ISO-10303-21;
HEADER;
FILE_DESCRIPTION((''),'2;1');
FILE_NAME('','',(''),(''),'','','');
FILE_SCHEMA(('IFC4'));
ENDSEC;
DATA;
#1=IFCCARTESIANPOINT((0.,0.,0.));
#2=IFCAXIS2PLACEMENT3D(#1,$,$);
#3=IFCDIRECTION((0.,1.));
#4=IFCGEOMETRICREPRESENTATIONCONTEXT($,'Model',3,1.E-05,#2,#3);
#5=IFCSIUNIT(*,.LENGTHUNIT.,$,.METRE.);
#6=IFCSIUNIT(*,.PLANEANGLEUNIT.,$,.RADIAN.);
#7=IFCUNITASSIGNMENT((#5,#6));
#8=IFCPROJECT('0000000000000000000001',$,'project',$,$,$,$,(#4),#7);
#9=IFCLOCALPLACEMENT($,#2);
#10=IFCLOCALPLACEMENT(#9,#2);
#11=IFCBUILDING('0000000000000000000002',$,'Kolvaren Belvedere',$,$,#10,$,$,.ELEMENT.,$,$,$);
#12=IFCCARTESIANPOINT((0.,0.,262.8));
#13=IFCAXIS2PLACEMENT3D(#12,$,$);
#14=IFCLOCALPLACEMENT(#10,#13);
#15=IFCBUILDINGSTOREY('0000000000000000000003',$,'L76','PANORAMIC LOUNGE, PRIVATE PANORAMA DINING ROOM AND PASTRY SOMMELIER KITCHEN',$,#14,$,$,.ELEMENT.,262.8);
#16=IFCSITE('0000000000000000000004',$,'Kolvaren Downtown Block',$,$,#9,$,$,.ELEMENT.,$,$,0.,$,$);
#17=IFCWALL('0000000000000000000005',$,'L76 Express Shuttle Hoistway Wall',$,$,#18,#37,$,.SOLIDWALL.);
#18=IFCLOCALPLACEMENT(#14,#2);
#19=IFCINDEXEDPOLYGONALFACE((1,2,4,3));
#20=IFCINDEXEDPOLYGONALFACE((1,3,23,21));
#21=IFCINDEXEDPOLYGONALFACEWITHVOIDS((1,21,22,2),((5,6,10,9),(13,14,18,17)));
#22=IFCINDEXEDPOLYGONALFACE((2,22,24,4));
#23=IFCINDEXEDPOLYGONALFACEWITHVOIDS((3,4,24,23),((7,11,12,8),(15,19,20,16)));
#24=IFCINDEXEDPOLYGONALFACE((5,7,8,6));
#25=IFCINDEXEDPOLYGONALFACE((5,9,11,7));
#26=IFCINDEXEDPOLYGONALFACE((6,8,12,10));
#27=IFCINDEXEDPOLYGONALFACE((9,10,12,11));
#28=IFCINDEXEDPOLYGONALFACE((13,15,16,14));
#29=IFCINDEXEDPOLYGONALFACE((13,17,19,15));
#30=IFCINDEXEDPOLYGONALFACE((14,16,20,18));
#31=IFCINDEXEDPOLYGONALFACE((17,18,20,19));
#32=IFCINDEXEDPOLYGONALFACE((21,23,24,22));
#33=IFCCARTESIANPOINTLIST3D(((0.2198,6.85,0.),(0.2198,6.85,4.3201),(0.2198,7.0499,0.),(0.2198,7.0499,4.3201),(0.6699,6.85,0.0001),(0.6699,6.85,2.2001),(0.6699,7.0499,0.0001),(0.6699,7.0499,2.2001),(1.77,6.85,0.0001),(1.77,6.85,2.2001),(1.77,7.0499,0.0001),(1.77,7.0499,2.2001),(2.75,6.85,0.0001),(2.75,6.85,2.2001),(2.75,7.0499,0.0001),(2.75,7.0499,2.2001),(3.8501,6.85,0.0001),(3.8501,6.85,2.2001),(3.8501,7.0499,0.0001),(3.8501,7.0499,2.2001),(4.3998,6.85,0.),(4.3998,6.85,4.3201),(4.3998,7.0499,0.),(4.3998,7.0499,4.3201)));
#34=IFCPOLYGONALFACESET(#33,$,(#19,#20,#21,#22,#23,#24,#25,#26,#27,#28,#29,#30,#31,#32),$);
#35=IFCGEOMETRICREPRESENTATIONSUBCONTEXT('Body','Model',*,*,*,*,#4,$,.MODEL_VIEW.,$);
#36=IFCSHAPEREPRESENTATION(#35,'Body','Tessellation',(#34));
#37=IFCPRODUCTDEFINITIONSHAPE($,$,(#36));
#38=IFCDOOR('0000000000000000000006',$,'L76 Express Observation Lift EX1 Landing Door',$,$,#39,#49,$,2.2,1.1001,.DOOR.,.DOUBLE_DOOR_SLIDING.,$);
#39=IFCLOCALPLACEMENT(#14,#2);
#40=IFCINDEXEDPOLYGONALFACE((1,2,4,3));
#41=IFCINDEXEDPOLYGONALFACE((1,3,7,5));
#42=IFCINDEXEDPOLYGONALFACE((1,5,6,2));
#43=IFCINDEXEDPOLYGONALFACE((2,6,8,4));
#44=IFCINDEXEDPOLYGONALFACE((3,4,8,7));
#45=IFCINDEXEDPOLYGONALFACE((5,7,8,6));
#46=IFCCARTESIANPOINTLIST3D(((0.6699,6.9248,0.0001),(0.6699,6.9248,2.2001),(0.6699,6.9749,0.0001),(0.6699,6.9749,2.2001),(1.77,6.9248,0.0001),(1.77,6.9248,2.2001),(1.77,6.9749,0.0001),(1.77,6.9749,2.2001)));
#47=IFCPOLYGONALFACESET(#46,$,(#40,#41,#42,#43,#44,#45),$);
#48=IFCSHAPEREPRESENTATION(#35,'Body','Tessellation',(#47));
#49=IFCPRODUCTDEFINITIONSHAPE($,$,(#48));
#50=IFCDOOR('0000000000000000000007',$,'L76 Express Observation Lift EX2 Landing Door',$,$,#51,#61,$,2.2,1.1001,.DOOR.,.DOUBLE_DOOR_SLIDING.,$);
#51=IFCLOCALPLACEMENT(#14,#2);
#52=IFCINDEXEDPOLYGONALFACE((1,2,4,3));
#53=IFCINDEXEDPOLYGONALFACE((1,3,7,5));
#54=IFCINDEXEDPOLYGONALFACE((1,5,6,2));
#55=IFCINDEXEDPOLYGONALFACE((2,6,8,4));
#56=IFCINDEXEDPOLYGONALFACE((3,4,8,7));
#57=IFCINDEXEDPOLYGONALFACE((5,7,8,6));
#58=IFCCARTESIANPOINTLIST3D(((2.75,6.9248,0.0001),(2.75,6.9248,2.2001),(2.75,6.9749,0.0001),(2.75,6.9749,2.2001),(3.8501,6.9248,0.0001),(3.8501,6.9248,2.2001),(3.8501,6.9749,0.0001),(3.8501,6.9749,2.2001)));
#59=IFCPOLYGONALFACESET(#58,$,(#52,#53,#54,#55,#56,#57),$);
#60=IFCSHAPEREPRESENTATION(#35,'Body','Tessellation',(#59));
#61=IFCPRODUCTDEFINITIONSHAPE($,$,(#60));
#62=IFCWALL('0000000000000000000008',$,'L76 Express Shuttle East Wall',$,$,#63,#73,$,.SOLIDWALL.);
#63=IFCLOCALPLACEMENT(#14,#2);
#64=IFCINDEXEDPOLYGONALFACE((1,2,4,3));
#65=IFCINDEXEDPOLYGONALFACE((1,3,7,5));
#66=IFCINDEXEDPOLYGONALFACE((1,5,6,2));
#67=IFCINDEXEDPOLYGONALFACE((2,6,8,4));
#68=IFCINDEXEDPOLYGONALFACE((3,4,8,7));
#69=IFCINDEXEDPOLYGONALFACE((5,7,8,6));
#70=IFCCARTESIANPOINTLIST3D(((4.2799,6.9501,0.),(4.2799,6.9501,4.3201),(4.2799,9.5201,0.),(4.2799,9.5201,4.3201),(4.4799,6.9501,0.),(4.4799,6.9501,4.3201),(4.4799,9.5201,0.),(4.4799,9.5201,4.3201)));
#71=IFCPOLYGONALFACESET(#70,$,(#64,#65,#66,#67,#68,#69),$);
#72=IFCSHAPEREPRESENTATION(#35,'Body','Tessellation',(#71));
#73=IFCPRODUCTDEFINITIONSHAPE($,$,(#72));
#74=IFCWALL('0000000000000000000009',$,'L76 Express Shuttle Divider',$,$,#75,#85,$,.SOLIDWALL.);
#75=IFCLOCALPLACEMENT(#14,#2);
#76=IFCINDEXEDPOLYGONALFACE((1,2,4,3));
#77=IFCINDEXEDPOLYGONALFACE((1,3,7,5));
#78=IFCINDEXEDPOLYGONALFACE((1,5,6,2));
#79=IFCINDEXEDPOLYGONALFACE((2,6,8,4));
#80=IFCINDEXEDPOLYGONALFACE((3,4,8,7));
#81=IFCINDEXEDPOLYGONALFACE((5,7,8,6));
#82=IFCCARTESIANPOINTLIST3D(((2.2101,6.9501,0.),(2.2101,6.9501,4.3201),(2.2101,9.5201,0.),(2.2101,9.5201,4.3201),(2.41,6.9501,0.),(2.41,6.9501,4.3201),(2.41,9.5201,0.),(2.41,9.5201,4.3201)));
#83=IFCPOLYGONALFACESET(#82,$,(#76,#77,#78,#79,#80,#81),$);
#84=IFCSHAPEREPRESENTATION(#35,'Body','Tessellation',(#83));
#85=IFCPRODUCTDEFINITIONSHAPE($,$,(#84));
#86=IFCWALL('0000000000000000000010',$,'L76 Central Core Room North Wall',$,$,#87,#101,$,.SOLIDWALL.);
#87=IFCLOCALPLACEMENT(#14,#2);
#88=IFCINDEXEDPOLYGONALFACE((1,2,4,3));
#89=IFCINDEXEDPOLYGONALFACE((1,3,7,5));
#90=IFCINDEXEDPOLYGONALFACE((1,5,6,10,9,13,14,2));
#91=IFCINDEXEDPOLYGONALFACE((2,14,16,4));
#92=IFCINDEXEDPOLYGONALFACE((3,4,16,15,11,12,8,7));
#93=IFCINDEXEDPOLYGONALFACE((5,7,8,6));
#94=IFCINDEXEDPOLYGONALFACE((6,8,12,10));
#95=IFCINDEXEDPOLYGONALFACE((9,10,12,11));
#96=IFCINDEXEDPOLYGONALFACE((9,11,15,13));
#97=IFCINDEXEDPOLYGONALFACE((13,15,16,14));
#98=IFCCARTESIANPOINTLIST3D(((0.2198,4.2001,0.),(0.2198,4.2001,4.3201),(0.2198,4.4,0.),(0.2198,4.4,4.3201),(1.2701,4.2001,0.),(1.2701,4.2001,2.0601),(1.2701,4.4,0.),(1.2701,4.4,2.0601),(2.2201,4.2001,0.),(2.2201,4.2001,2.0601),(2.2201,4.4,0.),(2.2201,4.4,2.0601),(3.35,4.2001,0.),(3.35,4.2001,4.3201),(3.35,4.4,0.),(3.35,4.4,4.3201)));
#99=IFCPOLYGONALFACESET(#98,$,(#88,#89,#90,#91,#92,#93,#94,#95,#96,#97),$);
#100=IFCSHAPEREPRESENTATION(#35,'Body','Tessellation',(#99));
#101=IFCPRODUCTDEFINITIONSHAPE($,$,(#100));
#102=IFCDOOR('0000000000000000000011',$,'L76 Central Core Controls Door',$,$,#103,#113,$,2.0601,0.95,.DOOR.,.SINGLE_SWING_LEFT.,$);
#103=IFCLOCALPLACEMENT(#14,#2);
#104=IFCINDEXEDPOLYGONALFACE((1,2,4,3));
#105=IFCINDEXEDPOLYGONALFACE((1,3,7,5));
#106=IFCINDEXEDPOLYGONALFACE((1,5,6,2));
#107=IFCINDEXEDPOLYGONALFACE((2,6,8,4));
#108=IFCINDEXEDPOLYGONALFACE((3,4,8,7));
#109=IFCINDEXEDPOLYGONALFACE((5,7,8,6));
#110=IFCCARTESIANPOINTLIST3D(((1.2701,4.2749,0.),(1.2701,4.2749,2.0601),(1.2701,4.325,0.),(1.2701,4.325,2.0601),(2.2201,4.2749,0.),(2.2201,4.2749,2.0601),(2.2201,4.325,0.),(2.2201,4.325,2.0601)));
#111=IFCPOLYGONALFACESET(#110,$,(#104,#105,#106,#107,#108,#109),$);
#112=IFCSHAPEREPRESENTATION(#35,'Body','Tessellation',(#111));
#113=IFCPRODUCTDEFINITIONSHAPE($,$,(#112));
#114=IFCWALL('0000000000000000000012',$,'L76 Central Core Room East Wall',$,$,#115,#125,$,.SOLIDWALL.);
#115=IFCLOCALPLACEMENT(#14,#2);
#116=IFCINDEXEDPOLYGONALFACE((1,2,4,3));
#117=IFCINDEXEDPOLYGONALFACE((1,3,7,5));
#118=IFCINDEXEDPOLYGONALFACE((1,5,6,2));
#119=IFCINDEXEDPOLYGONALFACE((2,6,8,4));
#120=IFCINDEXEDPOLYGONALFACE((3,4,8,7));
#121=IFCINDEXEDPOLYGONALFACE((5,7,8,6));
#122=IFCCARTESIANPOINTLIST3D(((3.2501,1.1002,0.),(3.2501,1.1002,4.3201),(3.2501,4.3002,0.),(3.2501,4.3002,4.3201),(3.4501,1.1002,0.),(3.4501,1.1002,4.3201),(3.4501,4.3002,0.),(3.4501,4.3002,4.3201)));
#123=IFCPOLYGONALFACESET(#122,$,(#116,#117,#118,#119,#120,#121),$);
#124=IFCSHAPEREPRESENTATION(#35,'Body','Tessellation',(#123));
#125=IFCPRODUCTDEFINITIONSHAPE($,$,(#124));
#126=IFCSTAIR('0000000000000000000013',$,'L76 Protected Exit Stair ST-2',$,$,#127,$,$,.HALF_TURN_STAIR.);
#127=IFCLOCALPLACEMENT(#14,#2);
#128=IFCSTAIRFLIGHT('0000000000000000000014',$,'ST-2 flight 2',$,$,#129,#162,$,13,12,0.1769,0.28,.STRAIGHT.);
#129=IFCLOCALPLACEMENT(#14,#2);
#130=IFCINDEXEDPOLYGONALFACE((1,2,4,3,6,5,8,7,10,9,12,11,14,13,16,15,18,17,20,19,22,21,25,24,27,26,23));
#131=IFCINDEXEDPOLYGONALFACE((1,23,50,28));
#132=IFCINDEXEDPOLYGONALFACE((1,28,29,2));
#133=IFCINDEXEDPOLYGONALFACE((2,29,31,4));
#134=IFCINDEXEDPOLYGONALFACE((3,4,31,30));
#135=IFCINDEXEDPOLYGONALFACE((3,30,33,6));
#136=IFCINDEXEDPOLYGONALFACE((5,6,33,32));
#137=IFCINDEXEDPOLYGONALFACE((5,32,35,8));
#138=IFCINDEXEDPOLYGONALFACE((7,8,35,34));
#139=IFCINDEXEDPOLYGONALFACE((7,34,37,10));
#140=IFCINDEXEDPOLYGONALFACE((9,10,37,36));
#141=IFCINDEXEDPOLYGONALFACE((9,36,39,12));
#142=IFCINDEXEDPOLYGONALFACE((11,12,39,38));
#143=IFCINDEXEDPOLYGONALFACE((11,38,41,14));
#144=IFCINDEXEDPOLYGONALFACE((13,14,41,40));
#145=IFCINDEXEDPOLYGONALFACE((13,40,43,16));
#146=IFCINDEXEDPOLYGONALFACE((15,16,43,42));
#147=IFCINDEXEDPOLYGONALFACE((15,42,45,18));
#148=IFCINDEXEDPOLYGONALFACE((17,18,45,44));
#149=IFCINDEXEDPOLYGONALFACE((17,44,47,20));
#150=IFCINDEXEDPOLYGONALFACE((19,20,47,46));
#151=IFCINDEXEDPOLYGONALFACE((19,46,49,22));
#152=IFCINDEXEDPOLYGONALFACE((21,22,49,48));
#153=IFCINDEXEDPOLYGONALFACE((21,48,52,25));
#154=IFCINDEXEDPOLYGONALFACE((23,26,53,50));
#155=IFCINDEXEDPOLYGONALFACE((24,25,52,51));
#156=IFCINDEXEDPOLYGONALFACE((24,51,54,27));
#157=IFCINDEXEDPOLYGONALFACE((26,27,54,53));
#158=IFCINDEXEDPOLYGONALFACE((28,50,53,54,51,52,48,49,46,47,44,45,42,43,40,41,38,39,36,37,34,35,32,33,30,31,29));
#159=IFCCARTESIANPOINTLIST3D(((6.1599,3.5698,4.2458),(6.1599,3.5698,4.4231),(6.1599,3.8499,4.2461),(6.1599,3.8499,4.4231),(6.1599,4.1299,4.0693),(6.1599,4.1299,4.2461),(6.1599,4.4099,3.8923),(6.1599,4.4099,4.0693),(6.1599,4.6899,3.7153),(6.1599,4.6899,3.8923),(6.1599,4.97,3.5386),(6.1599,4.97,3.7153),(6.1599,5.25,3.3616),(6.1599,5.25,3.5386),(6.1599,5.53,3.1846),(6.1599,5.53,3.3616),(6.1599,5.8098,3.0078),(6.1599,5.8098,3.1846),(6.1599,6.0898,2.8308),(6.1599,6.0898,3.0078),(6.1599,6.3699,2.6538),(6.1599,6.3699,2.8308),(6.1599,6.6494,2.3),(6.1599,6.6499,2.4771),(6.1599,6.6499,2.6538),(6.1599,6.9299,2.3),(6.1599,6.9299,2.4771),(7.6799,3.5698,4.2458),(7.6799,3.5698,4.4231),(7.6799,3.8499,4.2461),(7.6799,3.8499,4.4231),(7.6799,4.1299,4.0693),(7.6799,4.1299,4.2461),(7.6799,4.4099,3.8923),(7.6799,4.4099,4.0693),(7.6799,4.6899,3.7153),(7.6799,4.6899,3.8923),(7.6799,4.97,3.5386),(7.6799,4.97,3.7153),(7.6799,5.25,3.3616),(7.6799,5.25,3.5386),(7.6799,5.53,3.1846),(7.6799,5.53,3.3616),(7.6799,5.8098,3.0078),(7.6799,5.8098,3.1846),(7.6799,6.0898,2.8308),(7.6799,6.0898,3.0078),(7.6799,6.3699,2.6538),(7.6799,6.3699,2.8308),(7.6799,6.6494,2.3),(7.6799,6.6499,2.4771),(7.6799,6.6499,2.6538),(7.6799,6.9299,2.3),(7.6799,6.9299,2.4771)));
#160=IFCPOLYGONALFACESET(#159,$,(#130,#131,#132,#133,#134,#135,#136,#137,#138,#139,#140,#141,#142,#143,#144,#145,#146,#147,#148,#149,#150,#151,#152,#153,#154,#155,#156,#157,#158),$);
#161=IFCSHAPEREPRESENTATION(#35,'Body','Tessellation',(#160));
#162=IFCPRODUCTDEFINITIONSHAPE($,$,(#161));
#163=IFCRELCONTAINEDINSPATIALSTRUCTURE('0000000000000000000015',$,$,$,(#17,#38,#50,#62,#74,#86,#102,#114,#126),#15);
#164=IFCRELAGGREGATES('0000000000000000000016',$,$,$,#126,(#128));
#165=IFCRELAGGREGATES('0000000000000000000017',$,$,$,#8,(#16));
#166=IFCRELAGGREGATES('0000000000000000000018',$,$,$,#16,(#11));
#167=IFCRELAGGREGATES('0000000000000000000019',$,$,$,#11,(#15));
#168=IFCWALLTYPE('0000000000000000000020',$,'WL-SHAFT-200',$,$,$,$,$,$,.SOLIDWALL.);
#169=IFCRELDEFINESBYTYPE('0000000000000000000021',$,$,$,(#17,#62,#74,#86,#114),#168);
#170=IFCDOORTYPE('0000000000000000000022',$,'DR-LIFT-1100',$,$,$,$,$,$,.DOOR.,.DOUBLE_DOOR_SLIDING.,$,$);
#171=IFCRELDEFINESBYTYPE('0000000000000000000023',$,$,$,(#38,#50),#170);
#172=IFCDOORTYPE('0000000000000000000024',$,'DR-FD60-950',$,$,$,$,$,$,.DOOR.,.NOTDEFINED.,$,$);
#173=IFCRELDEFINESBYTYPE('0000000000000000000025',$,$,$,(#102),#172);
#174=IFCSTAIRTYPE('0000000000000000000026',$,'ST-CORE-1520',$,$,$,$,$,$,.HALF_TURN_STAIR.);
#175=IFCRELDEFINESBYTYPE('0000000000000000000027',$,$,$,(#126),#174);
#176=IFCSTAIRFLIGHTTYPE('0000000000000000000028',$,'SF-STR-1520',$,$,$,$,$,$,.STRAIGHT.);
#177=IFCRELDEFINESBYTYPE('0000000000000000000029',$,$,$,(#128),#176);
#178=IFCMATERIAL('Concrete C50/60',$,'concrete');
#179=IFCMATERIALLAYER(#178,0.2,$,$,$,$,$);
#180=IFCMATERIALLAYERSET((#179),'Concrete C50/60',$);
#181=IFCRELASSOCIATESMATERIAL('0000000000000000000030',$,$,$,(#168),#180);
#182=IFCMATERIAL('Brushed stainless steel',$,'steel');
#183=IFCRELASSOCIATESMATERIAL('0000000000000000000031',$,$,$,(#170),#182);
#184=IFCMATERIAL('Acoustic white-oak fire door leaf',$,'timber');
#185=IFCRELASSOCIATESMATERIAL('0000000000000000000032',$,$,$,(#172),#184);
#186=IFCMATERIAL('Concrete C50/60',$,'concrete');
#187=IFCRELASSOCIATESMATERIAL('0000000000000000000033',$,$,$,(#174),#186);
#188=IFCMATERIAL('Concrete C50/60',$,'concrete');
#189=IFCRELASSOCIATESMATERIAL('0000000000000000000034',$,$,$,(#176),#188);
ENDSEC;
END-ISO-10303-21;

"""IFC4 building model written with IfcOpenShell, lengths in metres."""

from ifc_helpers import new_model, si_unit, direction, frame, frame_2d, origin, place, context, subcontext, project, spatial, polyline, rectangle, outline, extrude, material, layer, layer_set, type_object, element, fill, aggregate, save


model = new_model("IFC4")

# Units and contexts
model_context = context("Model", 3, precision=1e-05, world=origin(), true_north=direction((0.0, 1.0)))
body_context = subcontext(model_context, "Body", "Model", "MODEL_VIEW")
ifc_project = project(units=[si_unit("LENGTHUNIT", "METRE"), si_unit("PLANEANGLEUNIT", "RADIAN")], contexts=[model_context])

# Site, building, storey
site_placement = place(None, origin())
site = spatial("IfcSite", under=ifc_project, at=site_placement, Name="Kolvaren Downtown Block", CompositionType="ELEMENT", RefElevation=0.0)
building_placement = place(site_placement, origin())
building = spatial("IfcBuilding", under=site, at=building_placement, Name="Kolvaren Belvedere", CompositionType="ELEMENT")
storey_placement = place(building_placement, frame((0.0, 0.0, 262.8)))
storey = spatial("IfcBuildingStorey", under=building, at=storey_placement, Name="L76", Description="PANORAMIC LOUNGE, PRIVATE PANORAMA DINING ROOM AND PASTRY SOMMELIER KITCHEN", CompositionType="ELEMENT", Elevation=262.8)

# Shared definitions
ifc_material_1 = material(Name="Concrete C50/60", Category="concrete")
ifc_layer_1 = layer(ifc_material_1, 0.2)
ifc_layer_set_1 = layer_set([ifc_layer_1], Name="Concrete C50/60")
wall_type_1 = type_object("IfcWallType", Name="WL-SHAFT-200", PredefinedType="SOLIDWALL", material=ifc_layer_set_1)

# Wall, openings, doors
wall_1_placement = place(storey_placement, frame((0.22, 6.95, 0.0), z_axis=(0.0, 0.0, 1.0), x_axis=(1.0, 0.0, 0.0)))
wall_1 = element("IfcWall", 1, at=wall_1_placement, inside=storey, type_object=wall_type_1, Name="L76 Express Shuttle Hoistway Wall", PredefinedType="SOLIDWALL", context=body_context, shape_type="SweptSolid", body=[
    extrude(rectangle(XDim=4.1799, YDim=0.2, at=frame_2d((2.0898, 0.0))), origin(), (0.0, 0.0, 1.0), 4.3201),
])
opening_1_placement = place(wall_1_placement, frame((0.45, 0.0, 0.0)))
opening_1 = element("IfcOpeningElement", 2, at=opening_1_placement, cuts=wall_1, PredefinedType="OPENING", context=body_context, shape_type="SweptSolid", body=[
    extrude(rectangle(XDim=1.1001, YDim=2.2, at=frame_2d((0.55, 1.1001))), frame((0.0, 0.1099, 0.0), z_axis=(0.0, -1.0, 0.0), x_axis=(1.0, 0.0, 0.0)), (0.0, 0.0, 1.0), 0.22),
])
opening_2_placement = place(wall_1_placement, frame((2.53, 0.0, 0.0)))
opening_2 = element("IfcOpeningElement", 3, at=opening_2_placement, cuts=wall_1, PredefinedType="OPENING", context=body_context, shape_type="SweptSolid", body=[
    extrude(rectangle(XDim=1.1001, YDim=2.2, at=frame_2d((0.55, 1.1001))), frame((0.0, 0.1099, 0.0), z_axis=(0.0, -1.0, 0.0), x_axis=(1.0, 0.0, 0.0)), (0.0, 0.0, 1.0), 0.22),
])
ifc_material_2 = material(Name="Brushed stainless steel", Category="steel")
door_type_1 = type_object("IfcDoorType", Name="DR-LIFT-1100", OperationType="DOUBLE_DOOR_SLIDING", PredefinedType="DOOR", material=ifc_material_2)
door_1_placement = place(opening_1_placement, origin())
door_1 = element("IfcDoor", 4, at=door_1_placement, inside=storey, type_object=door_type_1, Name="L76 Express Observation Lift EX1 Landing Door", OperationType="DOUBLE_DOOR_SLIDING", OverallHeight=2.2, OverallWidth=1.1001, PredefinedType="DOOR", context=body_context, shape_type="SweptSolid", body=[
    extrude(rectangle(XDim=1.1001, YDim=2.2, at=frame_2d((0.55, 1.1001))), frame((0.0, 0.0249, 0.0), z_axis=(0.0, -1.0, 0.0), x_axis=(1.0, 0.0, 0.0)), (0.0, 0.0, 1.0), 0.05),
])
fill(opening_1, door_1)
door_2_placement = place(opening_2_placement, origin())
door_2 = element("IfcDoor", 5, at=door_2_placement, inside=storey, type_object=door_type_1, Name="L76 Express Observation Lift EX2 Landing Door", OperationType="DOUBLE_DOOR_SLIDING", OverallHeight=2.2, OverallWidth=1.1001, PredefinedType="DOOR", context=body_context, shape_type="SweptSolid", body=[
    extrude(rectangle(XDim=1.1001, YDim=2.2, at=frame_2d((0.55, 1.1001))), frame((0.0, 0.0249, 0.0), z_axis=(0.0, -1.0, 0.0), x_axis=(1.0, 0.0, 0.0)), (0.0, 0.0, 1.0), 0.05),
])
fill(opening_2, door_2)

# Walls
for number, where, z_axis, x_axis, name in (
    (6, (4.3799, 6.95, 0.0), (0.0, 0.0, 1.0), (0.0, 1.0, 0.0), "L76 Express Shuttle East Wall"),
    (7, (2.3101, 6.95, 0.0), (0.0, 0.0, 1.0), (0.0, 1.0, 0.0), "L76 Express Shuttle Divider"),
):
    element("IfcWall", number, at=place(storey_placement, frame(where, z_axis=z_axis, x_axis=x_axis)), inside=storey, type_object=wall_type_1, Name=name, PredefinedType="SOLIDWALL", context=body_context, shape_type="SweptSolid", body=[
        extrude(rectangle(XDim=2.5701, YDim=0.2, at=frame_2d((1.2852, 0.0))), origin(), (0.0, 0.0, 1.0), 4.3201),
    ])

# Wall, opening, door
wall_2_placement = place(storey_placement, frame((0.22, 4.3, 0.0), z_axis=(0.0, 0.0, 1.0), x_axis=(1.0, 0.0, 0.0)))
wall_2 = element("IfcWall", 8, at=wall_2_placement, inside=storey, type_object=wall_type_1, Name="L76 Central Core Room North Wall", PredefinedType="SOLIDWALL", context=body_context, shape_type="SweptSolid", body=[
    extrude(rectangle(XDim=3.1301, YDim=0.2, at=frame_2d((1.5649, 0.0))), origin(), (0.0, 0.0, 1.0), 4.3201),
])
opening_3_placement = place(wall_2_placement, frame((1.05, 0.0, 0.0)))
opening_3 = element("IfcOpeningElement", 9, at=opening_3_placement, cuts=wall_2, PredefinedType="OPENING", context=body_context, shape_type="SweptSolid", body=[
    extrude(rectangle(XDim=0.95, YDim=2.0601, at=frame_2d((0.4751, 1.03))), frame((0.0, 0.1099, 0.0), z_axis=(0.0, -1.0, 0.0), x_axis=(1.0, 0.0, 0.0)), (0.0, 0.0, 1.0), 0.22),
])
ifc_material_3 = material(Name="Acoustic white-oak fire door leaf", Category="timber")
door_type_2 = type_object("IfcDoorType", Name="DR-FD60-950", OperationType="NOTDEFINED", PredefinedType="DOOR", material=ifc_material_3)
door_3_placement = place(opening_3_placement, origin())
door_3 = element("IfcDoor", 10, at=door_3_placement, inside=storey, type_object=door_type_2, Name="L76 Central Core Controls Door", OperationType="SINGLE_SWING_LEFT", OverallHeight=2.0601, OverallWidth=0.95, PredefinedType="DOOR", context=body_context, shape_type="SweptSolid", body=[
    extrude(rectangle(XDim=0.95, YDim=2.0601, at=frame_2d((0.4751, 1.03))), frame((0.0, 0.0249, 0.0), z_axis=(0.0, -1.0, 0.0), x_axis=(1.0, 0.0, 0.0)), (0.0, 0.0, 1.0), 0.05),
])
fill(opening_3, door_3)

# Wall
wall_3_placement = place(storey_placement, frame((3.3501, 1.1001, 0.0), z_axis=(0.0, 0.0, 1.0), x_axis=(0.0, 1.0, 0.0)))
element("IfcWall", 11, at=wall_3_placement, inside=storey, type_object=wall_type_1, Name="L76 Central Core Room East Wall", PredefinedType="SOLIDWALL", context=body_context, shape_type="SweptSolid", body=[
    extrude(rectangle(XDim=3.2, YDim=0.2, at=frame_2d((1.6001, 0.0))), origin(), (0.0, 0.0, 1.0), 4.3201),
])

# Stair, stair flight
ifc_material_4 = material(Name="Concrete C50/60", Category="concrete")
stair_type = type_object("IfcStairType", Name="ST-CORE-1520", PredefinedType="HALF_TURN_STAIR", material=ifc_material_4)
stair_placement = place(storey_placement, origin())
stair = element("IfcStair", 12, at=stair_placement, inside=storey, type_object=stair_type, Name="L76 Protected Exit Stair ST-2", PredefinedType="HALF_TURN_STAIR")
ifc_material_5 = material(Name="Concrete C50/60", Category="concrete")
stair_flight_type = type_object("IfcStairFlightType", Name="SF-STR-1520", PredefinedType="STRAIGHT", material=ifc_material_5)
stair_flight_placement = place(storey_placement, frame((6.9199, 6.9299, 2.3), z_axis=(0.0, 0.0, 1.0), x_axis=(0.0, -1.0, 0.0)))
stair_flight = element("IfcStairFlight", 13, at=stair_flight_placement, type_object=stair_flight_type, Name="ST-2 flight 2", NumberOfRisers=13, NumberOfTreads=12, PredefinedType="STRAIGHT", RiserHeight=0.1769, TreadLength=0.28, context=body_context, shape_type="SweptSolid", body=[
    extrude(outline(polyline([(0.0, 0.0), (0.0, 0.177), (0.28, 0.177), (0.28, 0.3538), (0.5601, 0.3538), (0.5601, 0.5308), (0.8401, 0.5308), (0.8401, 0.7078), (1.1201, 0.7078), (1.1201, 0.8845), (1.3999, 0.8845), (1.3999, 1.0615), (1.6799, 1.0615), (1.6799, 1.2385), (1.96, 1.2385), (1.96, 1.4153), (2.24, 1.4153), (2.24, 1.5923), (2.52, 1.5923), (2.52, 1.7693), (2.8, 1.7693), (2.8, 1.946), (3.0801, 1.946), (3.0801, 2.123), (3.3601, 2.123), (3.3601, 2.3), (3.3601, 1.9458), (0.2805, 0.0), (0.0, 0.0)])), frame((0.0, 0.76, 0.0), z_axis=(0.0, -1.0, 0.0), x_axis=(1.0, 0.0, 0.0)), (0.0, 0.0, 1.0), 1.52),
])
aggregate(stair, [stair_flight])

save(model, "model.ifc")
